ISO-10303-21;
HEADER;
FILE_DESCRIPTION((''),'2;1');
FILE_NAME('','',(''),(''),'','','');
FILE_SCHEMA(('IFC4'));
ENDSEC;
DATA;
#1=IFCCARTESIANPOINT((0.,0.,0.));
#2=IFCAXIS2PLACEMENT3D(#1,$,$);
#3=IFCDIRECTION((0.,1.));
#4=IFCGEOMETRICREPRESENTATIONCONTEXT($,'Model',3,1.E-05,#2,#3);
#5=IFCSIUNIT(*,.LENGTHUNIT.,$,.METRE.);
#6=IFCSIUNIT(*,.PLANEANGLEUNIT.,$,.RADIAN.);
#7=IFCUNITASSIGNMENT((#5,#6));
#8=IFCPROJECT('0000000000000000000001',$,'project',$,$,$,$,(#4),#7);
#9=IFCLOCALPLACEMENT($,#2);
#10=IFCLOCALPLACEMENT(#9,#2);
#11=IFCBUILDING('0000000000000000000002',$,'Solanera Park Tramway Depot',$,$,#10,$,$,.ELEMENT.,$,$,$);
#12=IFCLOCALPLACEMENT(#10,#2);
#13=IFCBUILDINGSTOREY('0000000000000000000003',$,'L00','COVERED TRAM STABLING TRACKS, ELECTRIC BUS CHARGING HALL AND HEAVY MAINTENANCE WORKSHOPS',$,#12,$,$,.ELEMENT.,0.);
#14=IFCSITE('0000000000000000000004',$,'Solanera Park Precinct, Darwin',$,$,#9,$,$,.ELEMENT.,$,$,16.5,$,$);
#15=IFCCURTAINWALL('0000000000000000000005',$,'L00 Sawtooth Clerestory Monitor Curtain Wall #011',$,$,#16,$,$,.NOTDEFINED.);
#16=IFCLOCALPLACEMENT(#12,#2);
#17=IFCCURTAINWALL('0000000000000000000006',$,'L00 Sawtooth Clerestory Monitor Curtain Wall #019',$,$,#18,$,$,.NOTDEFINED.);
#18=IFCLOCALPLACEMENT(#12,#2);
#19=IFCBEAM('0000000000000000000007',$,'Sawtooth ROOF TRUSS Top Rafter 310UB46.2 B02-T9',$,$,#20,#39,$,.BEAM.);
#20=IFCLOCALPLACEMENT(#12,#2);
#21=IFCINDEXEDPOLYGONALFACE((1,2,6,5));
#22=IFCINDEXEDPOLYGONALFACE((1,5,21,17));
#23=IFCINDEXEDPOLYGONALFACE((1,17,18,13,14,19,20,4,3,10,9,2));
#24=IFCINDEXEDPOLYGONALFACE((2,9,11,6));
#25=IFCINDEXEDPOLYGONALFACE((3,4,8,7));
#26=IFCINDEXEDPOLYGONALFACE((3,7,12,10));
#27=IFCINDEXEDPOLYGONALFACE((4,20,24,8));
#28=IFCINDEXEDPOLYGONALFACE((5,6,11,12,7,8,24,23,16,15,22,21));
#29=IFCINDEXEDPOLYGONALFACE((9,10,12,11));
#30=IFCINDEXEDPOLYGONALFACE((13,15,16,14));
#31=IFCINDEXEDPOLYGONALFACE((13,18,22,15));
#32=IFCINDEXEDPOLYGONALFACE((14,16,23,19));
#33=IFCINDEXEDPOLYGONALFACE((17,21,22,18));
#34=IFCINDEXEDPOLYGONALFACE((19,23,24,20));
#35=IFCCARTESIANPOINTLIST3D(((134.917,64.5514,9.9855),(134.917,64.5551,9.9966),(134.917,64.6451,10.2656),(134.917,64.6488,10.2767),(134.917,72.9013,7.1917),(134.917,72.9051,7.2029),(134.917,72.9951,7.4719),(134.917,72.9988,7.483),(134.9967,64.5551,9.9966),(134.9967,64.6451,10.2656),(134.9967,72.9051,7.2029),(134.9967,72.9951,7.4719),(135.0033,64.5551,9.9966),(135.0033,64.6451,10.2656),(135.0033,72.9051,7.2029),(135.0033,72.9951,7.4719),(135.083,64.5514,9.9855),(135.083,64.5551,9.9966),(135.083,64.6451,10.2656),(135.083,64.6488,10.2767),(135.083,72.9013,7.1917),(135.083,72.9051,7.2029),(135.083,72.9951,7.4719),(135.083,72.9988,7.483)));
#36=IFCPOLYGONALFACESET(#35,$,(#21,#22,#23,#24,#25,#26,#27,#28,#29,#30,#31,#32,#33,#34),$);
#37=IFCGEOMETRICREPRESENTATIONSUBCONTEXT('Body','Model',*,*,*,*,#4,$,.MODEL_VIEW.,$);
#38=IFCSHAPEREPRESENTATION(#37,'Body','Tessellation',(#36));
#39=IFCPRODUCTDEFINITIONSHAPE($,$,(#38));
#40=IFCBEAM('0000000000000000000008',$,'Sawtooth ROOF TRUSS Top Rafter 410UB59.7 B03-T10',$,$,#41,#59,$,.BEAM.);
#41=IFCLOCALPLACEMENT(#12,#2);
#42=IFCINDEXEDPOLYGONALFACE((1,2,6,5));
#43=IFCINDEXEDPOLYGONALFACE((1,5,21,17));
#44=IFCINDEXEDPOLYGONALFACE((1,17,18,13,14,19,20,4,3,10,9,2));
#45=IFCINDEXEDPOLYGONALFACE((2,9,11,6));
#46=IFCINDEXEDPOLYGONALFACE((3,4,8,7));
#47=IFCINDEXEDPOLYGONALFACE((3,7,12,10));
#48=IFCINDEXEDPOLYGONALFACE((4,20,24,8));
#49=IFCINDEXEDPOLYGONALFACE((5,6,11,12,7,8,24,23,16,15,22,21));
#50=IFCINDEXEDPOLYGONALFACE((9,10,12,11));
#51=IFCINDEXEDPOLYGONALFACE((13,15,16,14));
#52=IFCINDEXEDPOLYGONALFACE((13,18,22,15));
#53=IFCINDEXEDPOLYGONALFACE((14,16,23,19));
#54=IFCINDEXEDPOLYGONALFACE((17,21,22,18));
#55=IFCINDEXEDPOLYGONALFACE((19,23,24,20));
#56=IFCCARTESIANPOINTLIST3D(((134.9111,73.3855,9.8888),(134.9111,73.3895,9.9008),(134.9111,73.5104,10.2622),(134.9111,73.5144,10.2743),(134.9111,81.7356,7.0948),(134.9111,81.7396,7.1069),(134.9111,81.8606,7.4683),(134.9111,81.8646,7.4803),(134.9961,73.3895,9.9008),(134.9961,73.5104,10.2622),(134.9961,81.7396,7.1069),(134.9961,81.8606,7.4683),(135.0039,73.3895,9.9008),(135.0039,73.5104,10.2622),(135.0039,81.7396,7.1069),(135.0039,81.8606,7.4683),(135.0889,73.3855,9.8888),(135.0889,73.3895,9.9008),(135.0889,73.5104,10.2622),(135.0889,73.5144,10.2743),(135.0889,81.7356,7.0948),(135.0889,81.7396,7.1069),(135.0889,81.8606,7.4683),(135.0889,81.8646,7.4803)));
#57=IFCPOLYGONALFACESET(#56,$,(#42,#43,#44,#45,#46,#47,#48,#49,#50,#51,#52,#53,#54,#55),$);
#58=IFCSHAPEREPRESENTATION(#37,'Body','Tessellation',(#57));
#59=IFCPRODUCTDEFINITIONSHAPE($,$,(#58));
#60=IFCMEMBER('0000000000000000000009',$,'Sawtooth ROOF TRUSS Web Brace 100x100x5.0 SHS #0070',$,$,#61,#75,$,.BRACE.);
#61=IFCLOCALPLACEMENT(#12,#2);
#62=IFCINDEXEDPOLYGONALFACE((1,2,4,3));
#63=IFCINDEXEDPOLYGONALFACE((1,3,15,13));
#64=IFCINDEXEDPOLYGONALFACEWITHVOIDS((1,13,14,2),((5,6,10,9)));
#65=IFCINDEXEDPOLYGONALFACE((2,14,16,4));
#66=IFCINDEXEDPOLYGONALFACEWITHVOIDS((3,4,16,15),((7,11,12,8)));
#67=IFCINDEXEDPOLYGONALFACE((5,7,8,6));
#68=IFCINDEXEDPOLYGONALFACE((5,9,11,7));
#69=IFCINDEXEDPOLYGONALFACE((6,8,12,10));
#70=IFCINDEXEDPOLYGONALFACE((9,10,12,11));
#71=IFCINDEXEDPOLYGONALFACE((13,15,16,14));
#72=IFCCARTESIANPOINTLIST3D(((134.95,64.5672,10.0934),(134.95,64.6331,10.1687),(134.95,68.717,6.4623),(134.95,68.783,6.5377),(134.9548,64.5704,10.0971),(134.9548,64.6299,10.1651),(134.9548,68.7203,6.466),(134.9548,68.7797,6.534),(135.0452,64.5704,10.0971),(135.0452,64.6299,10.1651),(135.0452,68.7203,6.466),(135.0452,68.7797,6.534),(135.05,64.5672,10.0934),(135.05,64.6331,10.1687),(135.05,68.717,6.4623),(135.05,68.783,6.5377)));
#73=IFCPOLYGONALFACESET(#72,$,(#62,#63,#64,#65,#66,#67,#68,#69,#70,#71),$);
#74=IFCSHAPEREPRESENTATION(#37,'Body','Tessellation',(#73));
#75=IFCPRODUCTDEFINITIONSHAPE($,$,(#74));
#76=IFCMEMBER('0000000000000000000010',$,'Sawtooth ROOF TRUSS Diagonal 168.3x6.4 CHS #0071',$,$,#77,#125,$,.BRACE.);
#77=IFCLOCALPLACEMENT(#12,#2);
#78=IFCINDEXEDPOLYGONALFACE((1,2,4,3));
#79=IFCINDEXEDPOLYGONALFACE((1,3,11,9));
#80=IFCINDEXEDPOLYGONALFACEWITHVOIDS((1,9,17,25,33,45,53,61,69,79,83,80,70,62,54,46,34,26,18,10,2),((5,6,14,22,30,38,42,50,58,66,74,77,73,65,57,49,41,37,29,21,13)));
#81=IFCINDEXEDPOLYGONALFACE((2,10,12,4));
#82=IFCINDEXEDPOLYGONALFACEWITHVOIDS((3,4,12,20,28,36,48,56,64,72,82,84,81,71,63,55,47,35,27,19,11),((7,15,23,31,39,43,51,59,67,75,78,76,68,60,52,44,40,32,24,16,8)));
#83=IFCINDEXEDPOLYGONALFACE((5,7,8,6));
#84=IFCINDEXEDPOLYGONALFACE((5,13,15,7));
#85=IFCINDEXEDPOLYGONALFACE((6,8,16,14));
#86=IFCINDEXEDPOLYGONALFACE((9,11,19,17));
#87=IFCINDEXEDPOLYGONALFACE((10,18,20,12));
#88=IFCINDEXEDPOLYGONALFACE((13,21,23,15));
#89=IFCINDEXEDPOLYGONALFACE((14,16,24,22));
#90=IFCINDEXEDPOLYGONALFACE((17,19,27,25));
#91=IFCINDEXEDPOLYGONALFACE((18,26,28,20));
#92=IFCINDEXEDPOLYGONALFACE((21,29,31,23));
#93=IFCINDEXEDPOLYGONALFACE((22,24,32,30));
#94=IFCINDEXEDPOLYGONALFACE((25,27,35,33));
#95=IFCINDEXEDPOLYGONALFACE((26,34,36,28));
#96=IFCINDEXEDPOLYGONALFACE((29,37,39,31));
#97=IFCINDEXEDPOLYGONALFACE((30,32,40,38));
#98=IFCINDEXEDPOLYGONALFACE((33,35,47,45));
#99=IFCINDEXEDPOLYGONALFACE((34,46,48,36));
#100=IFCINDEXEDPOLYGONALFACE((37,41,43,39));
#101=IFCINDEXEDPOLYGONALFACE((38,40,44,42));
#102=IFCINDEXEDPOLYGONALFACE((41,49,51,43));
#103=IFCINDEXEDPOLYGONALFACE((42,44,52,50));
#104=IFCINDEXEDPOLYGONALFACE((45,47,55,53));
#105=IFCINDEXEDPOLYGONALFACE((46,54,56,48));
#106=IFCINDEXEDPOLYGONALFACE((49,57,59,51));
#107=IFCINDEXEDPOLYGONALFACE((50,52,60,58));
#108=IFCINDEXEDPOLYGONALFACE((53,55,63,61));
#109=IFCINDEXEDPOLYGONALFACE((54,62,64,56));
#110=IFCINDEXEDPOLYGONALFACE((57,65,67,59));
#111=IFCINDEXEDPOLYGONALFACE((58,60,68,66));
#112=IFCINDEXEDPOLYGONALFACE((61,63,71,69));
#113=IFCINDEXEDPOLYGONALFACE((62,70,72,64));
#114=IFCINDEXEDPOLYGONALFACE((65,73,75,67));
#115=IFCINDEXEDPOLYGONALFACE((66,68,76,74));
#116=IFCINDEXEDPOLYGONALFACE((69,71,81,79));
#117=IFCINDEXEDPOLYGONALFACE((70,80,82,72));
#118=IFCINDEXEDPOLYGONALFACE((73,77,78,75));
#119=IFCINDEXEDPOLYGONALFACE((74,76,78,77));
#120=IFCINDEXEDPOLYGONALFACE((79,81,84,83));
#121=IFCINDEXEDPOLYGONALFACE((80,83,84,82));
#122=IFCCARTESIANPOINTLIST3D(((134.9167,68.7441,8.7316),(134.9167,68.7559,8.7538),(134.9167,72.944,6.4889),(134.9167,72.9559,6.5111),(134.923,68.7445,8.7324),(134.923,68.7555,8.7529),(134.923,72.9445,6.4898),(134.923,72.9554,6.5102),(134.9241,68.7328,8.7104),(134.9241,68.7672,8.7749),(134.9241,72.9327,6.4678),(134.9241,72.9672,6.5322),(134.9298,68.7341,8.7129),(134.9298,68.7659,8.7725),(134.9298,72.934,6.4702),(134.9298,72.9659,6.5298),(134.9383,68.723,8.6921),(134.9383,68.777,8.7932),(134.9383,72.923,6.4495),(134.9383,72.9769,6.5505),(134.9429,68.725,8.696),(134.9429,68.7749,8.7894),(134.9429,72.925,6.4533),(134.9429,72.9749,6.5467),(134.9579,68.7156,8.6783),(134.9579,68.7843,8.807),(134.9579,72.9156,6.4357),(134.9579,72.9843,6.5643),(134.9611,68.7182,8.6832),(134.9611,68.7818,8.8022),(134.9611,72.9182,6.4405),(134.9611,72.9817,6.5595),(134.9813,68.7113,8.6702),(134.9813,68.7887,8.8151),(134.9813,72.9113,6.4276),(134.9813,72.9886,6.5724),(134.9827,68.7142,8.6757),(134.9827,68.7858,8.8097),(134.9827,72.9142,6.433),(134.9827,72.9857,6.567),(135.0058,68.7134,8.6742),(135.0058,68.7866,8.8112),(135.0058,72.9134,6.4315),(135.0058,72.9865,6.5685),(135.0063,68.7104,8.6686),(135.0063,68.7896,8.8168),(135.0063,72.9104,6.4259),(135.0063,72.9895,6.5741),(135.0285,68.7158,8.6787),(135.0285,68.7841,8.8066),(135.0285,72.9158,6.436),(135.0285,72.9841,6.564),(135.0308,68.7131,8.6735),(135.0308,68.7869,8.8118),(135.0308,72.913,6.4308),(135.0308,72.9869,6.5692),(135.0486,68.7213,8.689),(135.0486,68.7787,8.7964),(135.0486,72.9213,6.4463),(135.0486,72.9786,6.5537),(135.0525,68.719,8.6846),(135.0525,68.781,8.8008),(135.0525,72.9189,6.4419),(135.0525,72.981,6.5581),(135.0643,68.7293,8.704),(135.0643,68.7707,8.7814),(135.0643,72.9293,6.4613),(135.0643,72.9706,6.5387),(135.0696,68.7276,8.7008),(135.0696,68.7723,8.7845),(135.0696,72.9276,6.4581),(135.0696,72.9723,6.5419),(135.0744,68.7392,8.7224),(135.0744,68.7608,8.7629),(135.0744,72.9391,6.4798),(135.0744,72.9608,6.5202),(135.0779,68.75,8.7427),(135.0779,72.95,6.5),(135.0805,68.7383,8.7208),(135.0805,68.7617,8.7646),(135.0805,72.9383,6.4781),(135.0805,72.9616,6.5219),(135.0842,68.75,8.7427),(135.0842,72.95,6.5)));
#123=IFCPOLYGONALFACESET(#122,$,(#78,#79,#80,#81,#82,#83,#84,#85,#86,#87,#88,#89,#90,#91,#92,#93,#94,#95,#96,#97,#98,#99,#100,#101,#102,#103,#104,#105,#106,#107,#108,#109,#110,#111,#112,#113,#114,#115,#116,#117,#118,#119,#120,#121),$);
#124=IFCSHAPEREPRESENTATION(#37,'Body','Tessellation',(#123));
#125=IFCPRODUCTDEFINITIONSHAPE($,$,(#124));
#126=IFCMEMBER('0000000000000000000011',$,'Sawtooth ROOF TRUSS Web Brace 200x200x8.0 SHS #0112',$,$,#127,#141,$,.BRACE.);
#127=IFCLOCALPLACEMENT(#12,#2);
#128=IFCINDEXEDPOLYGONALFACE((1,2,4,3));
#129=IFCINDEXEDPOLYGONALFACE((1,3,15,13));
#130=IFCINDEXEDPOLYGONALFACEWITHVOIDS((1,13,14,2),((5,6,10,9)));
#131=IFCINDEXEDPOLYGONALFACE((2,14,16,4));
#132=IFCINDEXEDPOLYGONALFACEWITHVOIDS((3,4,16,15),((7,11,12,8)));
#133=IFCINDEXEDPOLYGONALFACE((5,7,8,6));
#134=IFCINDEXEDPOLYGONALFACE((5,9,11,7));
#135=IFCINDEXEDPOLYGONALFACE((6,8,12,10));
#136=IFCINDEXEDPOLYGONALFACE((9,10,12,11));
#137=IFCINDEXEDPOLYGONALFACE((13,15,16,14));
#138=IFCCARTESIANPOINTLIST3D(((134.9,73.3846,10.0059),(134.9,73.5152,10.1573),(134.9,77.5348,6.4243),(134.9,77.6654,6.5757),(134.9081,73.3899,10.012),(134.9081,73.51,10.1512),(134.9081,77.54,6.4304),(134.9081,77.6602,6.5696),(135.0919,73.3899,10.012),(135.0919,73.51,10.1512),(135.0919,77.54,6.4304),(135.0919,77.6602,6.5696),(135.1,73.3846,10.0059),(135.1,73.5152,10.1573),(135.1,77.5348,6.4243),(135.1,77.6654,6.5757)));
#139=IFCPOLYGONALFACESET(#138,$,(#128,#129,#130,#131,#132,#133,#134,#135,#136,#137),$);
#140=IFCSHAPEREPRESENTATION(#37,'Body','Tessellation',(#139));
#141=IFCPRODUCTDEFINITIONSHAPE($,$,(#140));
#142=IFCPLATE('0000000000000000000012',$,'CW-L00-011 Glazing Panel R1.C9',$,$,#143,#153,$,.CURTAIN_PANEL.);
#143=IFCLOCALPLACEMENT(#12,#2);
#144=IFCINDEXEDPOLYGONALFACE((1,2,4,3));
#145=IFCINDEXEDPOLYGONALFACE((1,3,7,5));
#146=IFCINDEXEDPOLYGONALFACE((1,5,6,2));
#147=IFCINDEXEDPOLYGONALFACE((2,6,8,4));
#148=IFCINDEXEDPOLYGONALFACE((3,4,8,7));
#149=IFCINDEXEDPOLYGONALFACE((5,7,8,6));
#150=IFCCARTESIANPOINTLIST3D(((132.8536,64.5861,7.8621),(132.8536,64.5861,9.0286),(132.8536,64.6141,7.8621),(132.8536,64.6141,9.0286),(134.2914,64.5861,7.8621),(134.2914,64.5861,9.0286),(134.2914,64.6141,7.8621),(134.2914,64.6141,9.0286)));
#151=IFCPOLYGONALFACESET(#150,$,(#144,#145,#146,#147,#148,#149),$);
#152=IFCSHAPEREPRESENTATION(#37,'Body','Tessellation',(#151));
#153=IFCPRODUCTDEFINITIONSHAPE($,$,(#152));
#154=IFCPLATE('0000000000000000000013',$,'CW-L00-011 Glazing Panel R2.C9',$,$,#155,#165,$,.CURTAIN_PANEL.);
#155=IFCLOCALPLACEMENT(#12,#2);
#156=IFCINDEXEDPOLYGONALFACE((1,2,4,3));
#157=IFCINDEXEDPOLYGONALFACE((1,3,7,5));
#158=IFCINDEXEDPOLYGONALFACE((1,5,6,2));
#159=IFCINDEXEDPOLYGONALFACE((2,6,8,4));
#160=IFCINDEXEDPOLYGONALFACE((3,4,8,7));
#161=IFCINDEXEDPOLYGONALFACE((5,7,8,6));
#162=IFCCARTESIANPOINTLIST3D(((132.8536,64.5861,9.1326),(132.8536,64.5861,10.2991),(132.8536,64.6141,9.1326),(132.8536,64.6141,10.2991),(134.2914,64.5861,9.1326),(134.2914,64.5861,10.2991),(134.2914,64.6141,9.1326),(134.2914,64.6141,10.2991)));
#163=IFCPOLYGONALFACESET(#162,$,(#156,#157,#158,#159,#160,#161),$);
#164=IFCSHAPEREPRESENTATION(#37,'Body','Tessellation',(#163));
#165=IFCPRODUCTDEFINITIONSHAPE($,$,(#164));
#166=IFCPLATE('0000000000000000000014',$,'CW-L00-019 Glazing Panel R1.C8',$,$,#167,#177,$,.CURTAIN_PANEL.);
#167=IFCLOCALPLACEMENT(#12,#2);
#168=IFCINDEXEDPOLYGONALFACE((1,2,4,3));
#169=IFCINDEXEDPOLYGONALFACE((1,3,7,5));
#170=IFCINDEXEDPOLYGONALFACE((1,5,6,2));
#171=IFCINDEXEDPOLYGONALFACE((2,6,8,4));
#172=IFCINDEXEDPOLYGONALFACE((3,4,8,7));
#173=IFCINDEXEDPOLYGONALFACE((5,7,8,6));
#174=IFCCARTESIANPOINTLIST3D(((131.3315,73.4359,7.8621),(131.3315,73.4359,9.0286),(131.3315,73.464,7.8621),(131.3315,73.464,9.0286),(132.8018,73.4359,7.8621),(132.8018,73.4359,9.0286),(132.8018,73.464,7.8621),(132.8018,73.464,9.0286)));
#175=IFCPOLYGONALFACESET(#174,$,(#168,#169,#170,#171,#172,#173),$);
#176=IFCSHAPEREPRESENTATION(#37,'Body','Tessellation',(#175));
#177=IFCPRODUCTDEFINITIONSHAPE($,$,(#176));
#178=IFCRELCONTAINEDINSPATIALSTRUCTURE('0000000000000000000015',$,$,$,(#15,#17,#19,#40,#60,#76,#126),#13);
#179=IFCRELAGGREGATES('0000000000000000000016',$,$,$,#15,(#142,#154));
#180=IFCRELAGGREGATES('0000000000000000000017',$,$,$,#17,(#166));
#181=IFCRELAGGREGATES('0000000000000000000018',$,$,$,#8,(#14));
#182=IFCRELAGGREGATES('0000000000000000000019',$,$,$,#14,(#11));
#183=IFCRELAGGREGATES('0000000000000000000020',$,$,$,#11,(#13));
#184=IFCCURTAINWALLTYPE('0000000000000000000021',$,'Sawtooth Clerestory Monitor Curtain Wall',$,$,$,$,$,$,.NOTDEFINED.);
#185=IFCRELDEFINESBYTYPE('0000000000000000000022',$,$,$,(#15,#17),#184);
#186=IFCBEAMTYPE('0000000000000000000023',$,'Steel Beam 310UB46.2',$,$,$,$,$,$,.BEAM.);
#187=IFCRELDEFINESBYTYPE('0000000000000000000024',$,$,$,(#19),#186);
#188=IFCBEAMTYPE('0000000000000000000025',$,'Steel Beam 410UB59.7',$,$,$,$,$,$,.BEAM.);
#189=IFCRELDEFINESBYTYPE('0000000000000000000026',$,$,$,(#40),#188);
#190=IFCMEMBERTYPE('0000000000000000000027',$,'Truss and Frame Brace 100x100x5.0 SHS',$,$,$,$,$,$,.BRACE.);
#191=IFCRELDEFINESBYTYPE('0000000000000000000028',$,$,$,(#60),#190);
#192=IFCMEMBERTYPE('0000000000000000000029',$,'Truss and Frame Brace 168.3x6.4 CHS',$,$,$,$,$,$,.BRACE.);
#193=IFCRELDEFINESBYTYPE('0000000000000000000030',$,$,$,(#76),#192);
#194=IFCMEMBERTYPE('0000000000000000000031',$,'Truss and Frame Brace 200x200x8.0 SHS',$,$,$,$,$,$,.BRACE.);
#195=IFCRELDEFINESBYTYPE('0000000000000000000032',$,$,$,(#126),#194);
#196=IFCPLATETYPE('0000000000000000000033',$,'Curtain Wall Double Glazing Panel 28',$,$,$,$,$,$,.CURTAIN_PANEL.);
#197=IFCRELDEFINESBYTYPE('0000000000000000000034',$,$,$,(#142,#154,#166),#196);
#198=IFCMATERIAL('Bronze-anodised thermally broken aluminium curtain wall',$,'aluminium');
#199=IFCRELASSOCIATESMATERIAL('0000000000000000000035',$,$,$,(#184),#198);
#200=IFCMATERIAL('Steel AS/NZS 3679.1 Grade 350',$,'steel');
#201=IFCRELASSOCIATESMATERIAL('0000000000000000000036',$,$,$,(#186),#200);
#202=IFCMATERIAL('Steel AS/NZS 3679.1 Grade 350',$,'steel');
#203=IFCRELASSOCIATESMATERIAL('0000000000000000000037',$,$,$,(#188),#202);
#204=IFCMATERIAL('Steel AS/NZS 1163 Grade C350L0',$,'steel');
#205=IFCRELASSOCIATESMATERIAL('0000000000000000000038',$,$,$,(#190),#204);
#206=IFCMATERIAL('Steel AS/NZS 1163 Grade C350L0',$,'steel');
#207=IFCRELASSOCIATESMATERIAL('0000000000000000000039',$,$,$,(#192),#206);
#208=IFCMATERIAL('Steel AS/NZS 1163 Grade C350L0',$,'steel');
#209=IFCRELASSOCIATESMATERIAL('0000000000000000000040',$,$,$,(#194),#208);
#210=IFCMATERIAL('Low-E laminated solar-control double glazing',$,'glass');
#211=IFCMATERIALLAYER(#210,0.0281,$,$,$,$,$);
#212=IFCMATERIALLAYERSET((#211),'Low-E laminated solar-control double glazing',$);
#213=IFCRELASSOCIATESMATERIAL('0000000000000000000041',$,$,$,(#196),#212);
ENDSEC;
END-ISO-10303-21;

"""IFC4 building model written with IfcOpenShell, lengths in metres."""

from ifc_helpers import new_model, si_unit, direction, frame, origin, origin_2d, place, context, subcontext, project, spatial, rectangle, hollow_rectangle, hollow_circle, i_section, extrude, material, layer, layer_set, material_profile, profile_set, type_object, element, aggregate, save


model = new_model("IFC4")

# Units and contexts
model_context = context("Model", 3, precision=1e-05, world=origin(), true_north=direction((0.0, 1.0)))
body_context = subcontext(model_context, "Body", "Model", "MODEL_VIEW")
ifc_project = project(units=[si_unit("LENGTHUNIT", "METRE"), si_unit("PLANEANGLEUNIT", "RADIAN")], contexts=[model_context])

# Site, building, storey
site_placement = place(None, origin())
site = spatial("IfcSite", under=ifc_project, at=site_placement, Name="Solanera Park Precinct, Darwin", CompositionType="ELEMENT", RefElevation=16.5)
building_placement = place(site_placement, origin())
building = spatial("IfcBuilding", under=site, at=building_placement, Name="Solanera Park Tramway Depot", CompositionType="ELEMENT")
storey_placement = place(building_placement, origin())
storey = spatial("IfcBuildingStorey", under=building, at=storey_placement, Name="L00", Description="COVERED TRAM STABLING TRACKS, ELECTRIC BUS CHARGING HALL AND HEAVY MAINTENANCE WORKSHOPS", CompositionType="ELEMENT", Elevation=0.0)

# Curtain wall
ifc_material_1 = material(Name="Bronze-anodised thermally broken aluminium curtain wall", Category="aluminium")
curtain_wall_type = type_object("IfcCurtainWallType", Name="Sawtooth Clerestory Monitor Curtain Wall", PredefinedType="NOTDEFINED", material=ifc_material_1)
curtain_wall_1_placement = place(storey_placement, origin())
curtain_wall_1 = element("IfcCurtainWall", 1, at=curtain_wall_1_placement, inside=storey, type_object=curtain_wall_type, Name="L00 Sawtooth Clerestory Monitor Curtain Wall #011", PredefinedType="NOTDEFINED")

# Curtain wall
curtain_wall_2_placement = place(storey_placement, origin())
curtain_wall_2 = element("IfcCurtainWall", 2, at=curtain_wall_2_placement, inside=storey, type_object=curtain_wall_type, Name="L00 Sawtooth Clerestory Monitor Curtain Wall #019", PredefinedType="NOTDEFINED")

# Beams
ifc_material_2 = material(Name="Steel AS/NZS 3679.1 Grade 350", Category="steel")
ifc_material_profile_1 = material_profile(ifc_material_2, i_section(OverallWidth=0.166, OverallDepth=0.3071, WebThickness=0.0066, FlangeThickness=0.0117, at=origin_2d()), Name="310UB46.2")
ifc_profile_set_1 = profile_set([ifc_material_profile_1], Name="Steel AS/NZS 3679.1 Grade 350")
beam_type_1 = type_object("IfcBeamType", Name="Steel Beam 310UB46.2", PredefinedType="BEAM", material=ifc_profile_set_1)
beam_1_placement = place(storey_placement, frame((135.0, 64.6001, 10.1311), z_axis=(0.0, 0.948328, -0.317292), x_axis=(-1.0, 0.0, 0.0)))
element("IfcBeam", 3, at=beam_1_placement, inside=storey, type_object=beam_type_1, Name="Sawtooth ROOF TRUSS Top Rafter 310UB46.2 B02-T9", PredefinedType="BEAM", context=body_context, shape_type="SweptSolid", body=[
    extrude(i_section(OverallWidth=0.166, OverallDepth=0.3071, WebThickness=0.0066, FlangeThickness=0.0117, at=origin_2d()), origin(), (0.0, 0.0, 1.0), 8.8049),
])
ifc_material_3 = material(Name="Steel AS/NZS 3679.1 Grade 350", Category="steel")
ifc_material_profile_2 = material_profile(ifc_material_3, i_section(OverallWidth=0.1777, OverallDepth=0.4065, WebThickness=0.0078, FlangeThickness=0.0127, at=origin_2d()), Name="410UB59.7")
ifc_profile_set_2 = profile_set([ifc_material_profile_2], Name="Steel AS/NZS 3679.1 Grade 350")
beam_type_2 = type_object("IfcBeamType", Name="Steel Beam 410UB59.7", PredefinedType="BEAM", material=ifc_profile_set_2)
beam_2_placement = place(storey_placement, frame((135.0, 73.45, 10.0815), z_axis=(0.0, 0.948322, -0.317309), x_axis=(-1.0, 0.0, 0.0)))
element("IfcBeam", 4, at=beam_2_placement, inside=storey, type_object=beam_type_2, Name="Sawtooth ROOF TRUSS Top Rafter 410UB59.7 B03-T10", PredefinedType="BEAM", context=body_context, shape_type="SweptSolid", body=[
    extrude(i_section(OverallWidth=0.1777, OverallDepth=0.4065, WebThickness=0.0078, FlangeThickness=0.0127, at=origin_2d()), origin(), (0.0, 0.0, 1.0), 8.8052),
])

# Members
ifc_material_4 = material(Name="Steel AS/NZS 1163 Grade C350L0", Category="steel")
ifc_material_profile_3 = material_profile(ifc_material_4, hollow_rectangle(XDim=0.1001, YDim=0.1001, WallThickness=0.0049, at=origin_2d()), Name="100x100x5.0 SHS")
ifc_profile_set_3 = profile_set([ifc_material_profile_3], Name="Steel AS/NZS 1163 Grade C350L0")
member_type_1 = type_object("IfcMemberType", Name="Truss and Frame Brace 100x100x5.0 SHS", PredefinedType="BRACE", material=ifc_profile_set_3)
member_1_placement = place(storey_placement, frame((135.0, 68.75, 6.5), z_axis=(0.0, -0.752582, 0.658498), x_axis=(1.0, 0.0, 0.0)))
element("IfcMember", 5, at=member_1_placement, inside=storey, type_object=member_type_1, Name="Sawtooth ROOF TRUSS Web Brace 100x100x5.0 SHS #0070", PredefinedType="BRACE", context=body_context, shape_type="SweptSolid", body=[
    extrude(hollow_rectangle(XDim=0.1001, YDim=0.1001, WallThickness=0.0049, at=origin_2d()), origin(), (0.0, 0.0, 1.0), 5.5142),
])
ifc_material_5 = material(Name="Steel AS/NZS 1163 Grade C350L0", Category="steel")
ifc_material_profile_4 = material_profile(ifc_material_5, hollow_circle(Radius=0.0842, WallThickness=0.0063, at=origin_2d()), Name="168.3x6.4 CHS")
ifc_profile_set_4 = profile_set([ifc_material_profile_4], Name="Steel AS/NZS 1163 Grade C350L0")
member_type_2 = type_object("IfcMemberType", Name="Truss and Frame Brace 168.3x6.4 CHS", PredefinedType="BRACE", material=ifc_profile_set_4)
member_2_placement = place(storey_placement, frame((135.0, 72.95, 6.5), z_axis=(0.0, -0.882117, 0.47103), x_axis=(1.0, 0.0, 0.0)))
element("IfcMember", 6, at=member_2_placement, inside=storey, type_object=member_type_2, Name="Sawtooth ROOF TRUSS Diagonal 168.3x6.4 CHS #0071", PredefinedType="BRACE", context=body_context, shape_type="SweptSolid", body=[
    extrude(hollow_circle(Radius=0.0842, WallThickness=0.0063, at=origin_2d()), origin(), (0.0, 0.0, 1.0), 4.7612),
])
ifc_material_6 = material(Name="Steel AS/NZS 1163 Grade C350L0", Category="steel")
ifc_material_profile_5 = material_profile(ifc_material_6, hollow_rectangle(XDim=0.2, YDim=0.2, WallThickness=0.0081, at=origin_2d()), Name="200x200x8.0 SHS")
ifc_profile_set_5 = profile_set([ifc_material_profile_5], Name="Steel AS/NZS 1163 Grade C350L0")
member_type_3 = type_object("IfcMemberType", Name="Truss and Frame Brace 200x200x8.0 SHS", PredefinedType="BRACE", material=ifc_profile_set_5)
member_3_placement = place(storey_placement, frame((135.0, 77.6001, 6.5), z_axis=(0.0, -0.757064, 0.65334), x_axis=(1.0, 0.0, 0.0)))
element("IfcMember", 7, at=member_3_placement, inside=storey, type_object=member_type_3, Name="Sawtooth ROOF TRUSS Web Brace 200x200x8.0 SHS #0112", PredefinedType="BRACE", context=body_context, shape_type="SweptSolid", body=[
    extrude(hollow_rectangle(XDim=0.2, YDim=0.2, WallThickness=0.0081, at=origin_2d()), origin(), (0.0, 0.0, 1.0), 5.4819),
])

# Plates
ifc_material_7 = material(Name="Low-E laminated solar-control double glazing", Category="glass")
ifc_layer_1 = layer(ifc_material_7, 0.0281)
ifc_layer_set_1 = layer_set([ifc_layer_1], Name="Low-E laminated solar-control double glazing")
plate_type_1 = type_object("IfcPlateType", Name="Curtain Wall Double Glazing Panel 28", PredefinedType="CURTAIN_PANEL", material=ifc_layer_set_1)
plate_1_placement = place(storey_placement, frame((133.5725, 64.6001, 7.8621), z_axis=(0.0, 0.0, 1.0), x_axis=(1.0, 0.0, 0.0)))
plate_1 = element("IfcPlate", 8, at=plate_1_placement, type_object=plate_type_1, Name="CW-L00-011 Glazing Panel R1.C9", PredefinedType="CURTAIN_PANEL", context=body_context, shape_type="SweptSolid", body=[
    extrude(rectangle(XDim=1.4377, YDim=0.0281, at=origin_2d()), origin(), (0.0, 0.0, 1.0), 1.1665),
])
plate_2_placement = place(storey_placement, frame((133.5725, 64.6001, 9.1326), z_axis=(0.0, 0.0, 1.0), x_axis=(1.0, 0.0, 0.0)))
plate_2 = element("IfcPlate", 9, at=plate_2_placement, type_object=plate_type_1, Name="CW-L00-011 Glazing Panel R2.C9", PredefinedType="CURTAIN_PANEL", context=body_context, shape_type="SweptSolid", body=[
    extrude(rectangle(XDim=1.4377, YDim=0.0281, at=origin_2d()), origin(), (0.0, 0.0, 1.0), 1.1665),
])
aggregate(curtain_wall_1, [plate_1, plate_2])
plate_3_placement = place(storey_placement, frame((132.0667, 73.45, 7.8621), z_axis=(0.0, 0.0, 1.0), x_axis=(1.0, 0.0, 0.0)))
plate_3 = element("IfcPlate", 10, at=plate_3_placement, type_object=plate_type_1, Name="CW-L00-019 Glazing Panel R1.C8", PredefinedType="CURTAIN_PANEL", context=body_context, shape_type="SweptSolid", body=[
    extrude(rectangle(XDim=1.4702, YDim=0.0281, at=origin_2d()), origin(), (0.0, 0.0, 1.0), 1.1665),
])
aggregate(curtain_wall_2, [plate_3])

save(model, "model.ifc")
